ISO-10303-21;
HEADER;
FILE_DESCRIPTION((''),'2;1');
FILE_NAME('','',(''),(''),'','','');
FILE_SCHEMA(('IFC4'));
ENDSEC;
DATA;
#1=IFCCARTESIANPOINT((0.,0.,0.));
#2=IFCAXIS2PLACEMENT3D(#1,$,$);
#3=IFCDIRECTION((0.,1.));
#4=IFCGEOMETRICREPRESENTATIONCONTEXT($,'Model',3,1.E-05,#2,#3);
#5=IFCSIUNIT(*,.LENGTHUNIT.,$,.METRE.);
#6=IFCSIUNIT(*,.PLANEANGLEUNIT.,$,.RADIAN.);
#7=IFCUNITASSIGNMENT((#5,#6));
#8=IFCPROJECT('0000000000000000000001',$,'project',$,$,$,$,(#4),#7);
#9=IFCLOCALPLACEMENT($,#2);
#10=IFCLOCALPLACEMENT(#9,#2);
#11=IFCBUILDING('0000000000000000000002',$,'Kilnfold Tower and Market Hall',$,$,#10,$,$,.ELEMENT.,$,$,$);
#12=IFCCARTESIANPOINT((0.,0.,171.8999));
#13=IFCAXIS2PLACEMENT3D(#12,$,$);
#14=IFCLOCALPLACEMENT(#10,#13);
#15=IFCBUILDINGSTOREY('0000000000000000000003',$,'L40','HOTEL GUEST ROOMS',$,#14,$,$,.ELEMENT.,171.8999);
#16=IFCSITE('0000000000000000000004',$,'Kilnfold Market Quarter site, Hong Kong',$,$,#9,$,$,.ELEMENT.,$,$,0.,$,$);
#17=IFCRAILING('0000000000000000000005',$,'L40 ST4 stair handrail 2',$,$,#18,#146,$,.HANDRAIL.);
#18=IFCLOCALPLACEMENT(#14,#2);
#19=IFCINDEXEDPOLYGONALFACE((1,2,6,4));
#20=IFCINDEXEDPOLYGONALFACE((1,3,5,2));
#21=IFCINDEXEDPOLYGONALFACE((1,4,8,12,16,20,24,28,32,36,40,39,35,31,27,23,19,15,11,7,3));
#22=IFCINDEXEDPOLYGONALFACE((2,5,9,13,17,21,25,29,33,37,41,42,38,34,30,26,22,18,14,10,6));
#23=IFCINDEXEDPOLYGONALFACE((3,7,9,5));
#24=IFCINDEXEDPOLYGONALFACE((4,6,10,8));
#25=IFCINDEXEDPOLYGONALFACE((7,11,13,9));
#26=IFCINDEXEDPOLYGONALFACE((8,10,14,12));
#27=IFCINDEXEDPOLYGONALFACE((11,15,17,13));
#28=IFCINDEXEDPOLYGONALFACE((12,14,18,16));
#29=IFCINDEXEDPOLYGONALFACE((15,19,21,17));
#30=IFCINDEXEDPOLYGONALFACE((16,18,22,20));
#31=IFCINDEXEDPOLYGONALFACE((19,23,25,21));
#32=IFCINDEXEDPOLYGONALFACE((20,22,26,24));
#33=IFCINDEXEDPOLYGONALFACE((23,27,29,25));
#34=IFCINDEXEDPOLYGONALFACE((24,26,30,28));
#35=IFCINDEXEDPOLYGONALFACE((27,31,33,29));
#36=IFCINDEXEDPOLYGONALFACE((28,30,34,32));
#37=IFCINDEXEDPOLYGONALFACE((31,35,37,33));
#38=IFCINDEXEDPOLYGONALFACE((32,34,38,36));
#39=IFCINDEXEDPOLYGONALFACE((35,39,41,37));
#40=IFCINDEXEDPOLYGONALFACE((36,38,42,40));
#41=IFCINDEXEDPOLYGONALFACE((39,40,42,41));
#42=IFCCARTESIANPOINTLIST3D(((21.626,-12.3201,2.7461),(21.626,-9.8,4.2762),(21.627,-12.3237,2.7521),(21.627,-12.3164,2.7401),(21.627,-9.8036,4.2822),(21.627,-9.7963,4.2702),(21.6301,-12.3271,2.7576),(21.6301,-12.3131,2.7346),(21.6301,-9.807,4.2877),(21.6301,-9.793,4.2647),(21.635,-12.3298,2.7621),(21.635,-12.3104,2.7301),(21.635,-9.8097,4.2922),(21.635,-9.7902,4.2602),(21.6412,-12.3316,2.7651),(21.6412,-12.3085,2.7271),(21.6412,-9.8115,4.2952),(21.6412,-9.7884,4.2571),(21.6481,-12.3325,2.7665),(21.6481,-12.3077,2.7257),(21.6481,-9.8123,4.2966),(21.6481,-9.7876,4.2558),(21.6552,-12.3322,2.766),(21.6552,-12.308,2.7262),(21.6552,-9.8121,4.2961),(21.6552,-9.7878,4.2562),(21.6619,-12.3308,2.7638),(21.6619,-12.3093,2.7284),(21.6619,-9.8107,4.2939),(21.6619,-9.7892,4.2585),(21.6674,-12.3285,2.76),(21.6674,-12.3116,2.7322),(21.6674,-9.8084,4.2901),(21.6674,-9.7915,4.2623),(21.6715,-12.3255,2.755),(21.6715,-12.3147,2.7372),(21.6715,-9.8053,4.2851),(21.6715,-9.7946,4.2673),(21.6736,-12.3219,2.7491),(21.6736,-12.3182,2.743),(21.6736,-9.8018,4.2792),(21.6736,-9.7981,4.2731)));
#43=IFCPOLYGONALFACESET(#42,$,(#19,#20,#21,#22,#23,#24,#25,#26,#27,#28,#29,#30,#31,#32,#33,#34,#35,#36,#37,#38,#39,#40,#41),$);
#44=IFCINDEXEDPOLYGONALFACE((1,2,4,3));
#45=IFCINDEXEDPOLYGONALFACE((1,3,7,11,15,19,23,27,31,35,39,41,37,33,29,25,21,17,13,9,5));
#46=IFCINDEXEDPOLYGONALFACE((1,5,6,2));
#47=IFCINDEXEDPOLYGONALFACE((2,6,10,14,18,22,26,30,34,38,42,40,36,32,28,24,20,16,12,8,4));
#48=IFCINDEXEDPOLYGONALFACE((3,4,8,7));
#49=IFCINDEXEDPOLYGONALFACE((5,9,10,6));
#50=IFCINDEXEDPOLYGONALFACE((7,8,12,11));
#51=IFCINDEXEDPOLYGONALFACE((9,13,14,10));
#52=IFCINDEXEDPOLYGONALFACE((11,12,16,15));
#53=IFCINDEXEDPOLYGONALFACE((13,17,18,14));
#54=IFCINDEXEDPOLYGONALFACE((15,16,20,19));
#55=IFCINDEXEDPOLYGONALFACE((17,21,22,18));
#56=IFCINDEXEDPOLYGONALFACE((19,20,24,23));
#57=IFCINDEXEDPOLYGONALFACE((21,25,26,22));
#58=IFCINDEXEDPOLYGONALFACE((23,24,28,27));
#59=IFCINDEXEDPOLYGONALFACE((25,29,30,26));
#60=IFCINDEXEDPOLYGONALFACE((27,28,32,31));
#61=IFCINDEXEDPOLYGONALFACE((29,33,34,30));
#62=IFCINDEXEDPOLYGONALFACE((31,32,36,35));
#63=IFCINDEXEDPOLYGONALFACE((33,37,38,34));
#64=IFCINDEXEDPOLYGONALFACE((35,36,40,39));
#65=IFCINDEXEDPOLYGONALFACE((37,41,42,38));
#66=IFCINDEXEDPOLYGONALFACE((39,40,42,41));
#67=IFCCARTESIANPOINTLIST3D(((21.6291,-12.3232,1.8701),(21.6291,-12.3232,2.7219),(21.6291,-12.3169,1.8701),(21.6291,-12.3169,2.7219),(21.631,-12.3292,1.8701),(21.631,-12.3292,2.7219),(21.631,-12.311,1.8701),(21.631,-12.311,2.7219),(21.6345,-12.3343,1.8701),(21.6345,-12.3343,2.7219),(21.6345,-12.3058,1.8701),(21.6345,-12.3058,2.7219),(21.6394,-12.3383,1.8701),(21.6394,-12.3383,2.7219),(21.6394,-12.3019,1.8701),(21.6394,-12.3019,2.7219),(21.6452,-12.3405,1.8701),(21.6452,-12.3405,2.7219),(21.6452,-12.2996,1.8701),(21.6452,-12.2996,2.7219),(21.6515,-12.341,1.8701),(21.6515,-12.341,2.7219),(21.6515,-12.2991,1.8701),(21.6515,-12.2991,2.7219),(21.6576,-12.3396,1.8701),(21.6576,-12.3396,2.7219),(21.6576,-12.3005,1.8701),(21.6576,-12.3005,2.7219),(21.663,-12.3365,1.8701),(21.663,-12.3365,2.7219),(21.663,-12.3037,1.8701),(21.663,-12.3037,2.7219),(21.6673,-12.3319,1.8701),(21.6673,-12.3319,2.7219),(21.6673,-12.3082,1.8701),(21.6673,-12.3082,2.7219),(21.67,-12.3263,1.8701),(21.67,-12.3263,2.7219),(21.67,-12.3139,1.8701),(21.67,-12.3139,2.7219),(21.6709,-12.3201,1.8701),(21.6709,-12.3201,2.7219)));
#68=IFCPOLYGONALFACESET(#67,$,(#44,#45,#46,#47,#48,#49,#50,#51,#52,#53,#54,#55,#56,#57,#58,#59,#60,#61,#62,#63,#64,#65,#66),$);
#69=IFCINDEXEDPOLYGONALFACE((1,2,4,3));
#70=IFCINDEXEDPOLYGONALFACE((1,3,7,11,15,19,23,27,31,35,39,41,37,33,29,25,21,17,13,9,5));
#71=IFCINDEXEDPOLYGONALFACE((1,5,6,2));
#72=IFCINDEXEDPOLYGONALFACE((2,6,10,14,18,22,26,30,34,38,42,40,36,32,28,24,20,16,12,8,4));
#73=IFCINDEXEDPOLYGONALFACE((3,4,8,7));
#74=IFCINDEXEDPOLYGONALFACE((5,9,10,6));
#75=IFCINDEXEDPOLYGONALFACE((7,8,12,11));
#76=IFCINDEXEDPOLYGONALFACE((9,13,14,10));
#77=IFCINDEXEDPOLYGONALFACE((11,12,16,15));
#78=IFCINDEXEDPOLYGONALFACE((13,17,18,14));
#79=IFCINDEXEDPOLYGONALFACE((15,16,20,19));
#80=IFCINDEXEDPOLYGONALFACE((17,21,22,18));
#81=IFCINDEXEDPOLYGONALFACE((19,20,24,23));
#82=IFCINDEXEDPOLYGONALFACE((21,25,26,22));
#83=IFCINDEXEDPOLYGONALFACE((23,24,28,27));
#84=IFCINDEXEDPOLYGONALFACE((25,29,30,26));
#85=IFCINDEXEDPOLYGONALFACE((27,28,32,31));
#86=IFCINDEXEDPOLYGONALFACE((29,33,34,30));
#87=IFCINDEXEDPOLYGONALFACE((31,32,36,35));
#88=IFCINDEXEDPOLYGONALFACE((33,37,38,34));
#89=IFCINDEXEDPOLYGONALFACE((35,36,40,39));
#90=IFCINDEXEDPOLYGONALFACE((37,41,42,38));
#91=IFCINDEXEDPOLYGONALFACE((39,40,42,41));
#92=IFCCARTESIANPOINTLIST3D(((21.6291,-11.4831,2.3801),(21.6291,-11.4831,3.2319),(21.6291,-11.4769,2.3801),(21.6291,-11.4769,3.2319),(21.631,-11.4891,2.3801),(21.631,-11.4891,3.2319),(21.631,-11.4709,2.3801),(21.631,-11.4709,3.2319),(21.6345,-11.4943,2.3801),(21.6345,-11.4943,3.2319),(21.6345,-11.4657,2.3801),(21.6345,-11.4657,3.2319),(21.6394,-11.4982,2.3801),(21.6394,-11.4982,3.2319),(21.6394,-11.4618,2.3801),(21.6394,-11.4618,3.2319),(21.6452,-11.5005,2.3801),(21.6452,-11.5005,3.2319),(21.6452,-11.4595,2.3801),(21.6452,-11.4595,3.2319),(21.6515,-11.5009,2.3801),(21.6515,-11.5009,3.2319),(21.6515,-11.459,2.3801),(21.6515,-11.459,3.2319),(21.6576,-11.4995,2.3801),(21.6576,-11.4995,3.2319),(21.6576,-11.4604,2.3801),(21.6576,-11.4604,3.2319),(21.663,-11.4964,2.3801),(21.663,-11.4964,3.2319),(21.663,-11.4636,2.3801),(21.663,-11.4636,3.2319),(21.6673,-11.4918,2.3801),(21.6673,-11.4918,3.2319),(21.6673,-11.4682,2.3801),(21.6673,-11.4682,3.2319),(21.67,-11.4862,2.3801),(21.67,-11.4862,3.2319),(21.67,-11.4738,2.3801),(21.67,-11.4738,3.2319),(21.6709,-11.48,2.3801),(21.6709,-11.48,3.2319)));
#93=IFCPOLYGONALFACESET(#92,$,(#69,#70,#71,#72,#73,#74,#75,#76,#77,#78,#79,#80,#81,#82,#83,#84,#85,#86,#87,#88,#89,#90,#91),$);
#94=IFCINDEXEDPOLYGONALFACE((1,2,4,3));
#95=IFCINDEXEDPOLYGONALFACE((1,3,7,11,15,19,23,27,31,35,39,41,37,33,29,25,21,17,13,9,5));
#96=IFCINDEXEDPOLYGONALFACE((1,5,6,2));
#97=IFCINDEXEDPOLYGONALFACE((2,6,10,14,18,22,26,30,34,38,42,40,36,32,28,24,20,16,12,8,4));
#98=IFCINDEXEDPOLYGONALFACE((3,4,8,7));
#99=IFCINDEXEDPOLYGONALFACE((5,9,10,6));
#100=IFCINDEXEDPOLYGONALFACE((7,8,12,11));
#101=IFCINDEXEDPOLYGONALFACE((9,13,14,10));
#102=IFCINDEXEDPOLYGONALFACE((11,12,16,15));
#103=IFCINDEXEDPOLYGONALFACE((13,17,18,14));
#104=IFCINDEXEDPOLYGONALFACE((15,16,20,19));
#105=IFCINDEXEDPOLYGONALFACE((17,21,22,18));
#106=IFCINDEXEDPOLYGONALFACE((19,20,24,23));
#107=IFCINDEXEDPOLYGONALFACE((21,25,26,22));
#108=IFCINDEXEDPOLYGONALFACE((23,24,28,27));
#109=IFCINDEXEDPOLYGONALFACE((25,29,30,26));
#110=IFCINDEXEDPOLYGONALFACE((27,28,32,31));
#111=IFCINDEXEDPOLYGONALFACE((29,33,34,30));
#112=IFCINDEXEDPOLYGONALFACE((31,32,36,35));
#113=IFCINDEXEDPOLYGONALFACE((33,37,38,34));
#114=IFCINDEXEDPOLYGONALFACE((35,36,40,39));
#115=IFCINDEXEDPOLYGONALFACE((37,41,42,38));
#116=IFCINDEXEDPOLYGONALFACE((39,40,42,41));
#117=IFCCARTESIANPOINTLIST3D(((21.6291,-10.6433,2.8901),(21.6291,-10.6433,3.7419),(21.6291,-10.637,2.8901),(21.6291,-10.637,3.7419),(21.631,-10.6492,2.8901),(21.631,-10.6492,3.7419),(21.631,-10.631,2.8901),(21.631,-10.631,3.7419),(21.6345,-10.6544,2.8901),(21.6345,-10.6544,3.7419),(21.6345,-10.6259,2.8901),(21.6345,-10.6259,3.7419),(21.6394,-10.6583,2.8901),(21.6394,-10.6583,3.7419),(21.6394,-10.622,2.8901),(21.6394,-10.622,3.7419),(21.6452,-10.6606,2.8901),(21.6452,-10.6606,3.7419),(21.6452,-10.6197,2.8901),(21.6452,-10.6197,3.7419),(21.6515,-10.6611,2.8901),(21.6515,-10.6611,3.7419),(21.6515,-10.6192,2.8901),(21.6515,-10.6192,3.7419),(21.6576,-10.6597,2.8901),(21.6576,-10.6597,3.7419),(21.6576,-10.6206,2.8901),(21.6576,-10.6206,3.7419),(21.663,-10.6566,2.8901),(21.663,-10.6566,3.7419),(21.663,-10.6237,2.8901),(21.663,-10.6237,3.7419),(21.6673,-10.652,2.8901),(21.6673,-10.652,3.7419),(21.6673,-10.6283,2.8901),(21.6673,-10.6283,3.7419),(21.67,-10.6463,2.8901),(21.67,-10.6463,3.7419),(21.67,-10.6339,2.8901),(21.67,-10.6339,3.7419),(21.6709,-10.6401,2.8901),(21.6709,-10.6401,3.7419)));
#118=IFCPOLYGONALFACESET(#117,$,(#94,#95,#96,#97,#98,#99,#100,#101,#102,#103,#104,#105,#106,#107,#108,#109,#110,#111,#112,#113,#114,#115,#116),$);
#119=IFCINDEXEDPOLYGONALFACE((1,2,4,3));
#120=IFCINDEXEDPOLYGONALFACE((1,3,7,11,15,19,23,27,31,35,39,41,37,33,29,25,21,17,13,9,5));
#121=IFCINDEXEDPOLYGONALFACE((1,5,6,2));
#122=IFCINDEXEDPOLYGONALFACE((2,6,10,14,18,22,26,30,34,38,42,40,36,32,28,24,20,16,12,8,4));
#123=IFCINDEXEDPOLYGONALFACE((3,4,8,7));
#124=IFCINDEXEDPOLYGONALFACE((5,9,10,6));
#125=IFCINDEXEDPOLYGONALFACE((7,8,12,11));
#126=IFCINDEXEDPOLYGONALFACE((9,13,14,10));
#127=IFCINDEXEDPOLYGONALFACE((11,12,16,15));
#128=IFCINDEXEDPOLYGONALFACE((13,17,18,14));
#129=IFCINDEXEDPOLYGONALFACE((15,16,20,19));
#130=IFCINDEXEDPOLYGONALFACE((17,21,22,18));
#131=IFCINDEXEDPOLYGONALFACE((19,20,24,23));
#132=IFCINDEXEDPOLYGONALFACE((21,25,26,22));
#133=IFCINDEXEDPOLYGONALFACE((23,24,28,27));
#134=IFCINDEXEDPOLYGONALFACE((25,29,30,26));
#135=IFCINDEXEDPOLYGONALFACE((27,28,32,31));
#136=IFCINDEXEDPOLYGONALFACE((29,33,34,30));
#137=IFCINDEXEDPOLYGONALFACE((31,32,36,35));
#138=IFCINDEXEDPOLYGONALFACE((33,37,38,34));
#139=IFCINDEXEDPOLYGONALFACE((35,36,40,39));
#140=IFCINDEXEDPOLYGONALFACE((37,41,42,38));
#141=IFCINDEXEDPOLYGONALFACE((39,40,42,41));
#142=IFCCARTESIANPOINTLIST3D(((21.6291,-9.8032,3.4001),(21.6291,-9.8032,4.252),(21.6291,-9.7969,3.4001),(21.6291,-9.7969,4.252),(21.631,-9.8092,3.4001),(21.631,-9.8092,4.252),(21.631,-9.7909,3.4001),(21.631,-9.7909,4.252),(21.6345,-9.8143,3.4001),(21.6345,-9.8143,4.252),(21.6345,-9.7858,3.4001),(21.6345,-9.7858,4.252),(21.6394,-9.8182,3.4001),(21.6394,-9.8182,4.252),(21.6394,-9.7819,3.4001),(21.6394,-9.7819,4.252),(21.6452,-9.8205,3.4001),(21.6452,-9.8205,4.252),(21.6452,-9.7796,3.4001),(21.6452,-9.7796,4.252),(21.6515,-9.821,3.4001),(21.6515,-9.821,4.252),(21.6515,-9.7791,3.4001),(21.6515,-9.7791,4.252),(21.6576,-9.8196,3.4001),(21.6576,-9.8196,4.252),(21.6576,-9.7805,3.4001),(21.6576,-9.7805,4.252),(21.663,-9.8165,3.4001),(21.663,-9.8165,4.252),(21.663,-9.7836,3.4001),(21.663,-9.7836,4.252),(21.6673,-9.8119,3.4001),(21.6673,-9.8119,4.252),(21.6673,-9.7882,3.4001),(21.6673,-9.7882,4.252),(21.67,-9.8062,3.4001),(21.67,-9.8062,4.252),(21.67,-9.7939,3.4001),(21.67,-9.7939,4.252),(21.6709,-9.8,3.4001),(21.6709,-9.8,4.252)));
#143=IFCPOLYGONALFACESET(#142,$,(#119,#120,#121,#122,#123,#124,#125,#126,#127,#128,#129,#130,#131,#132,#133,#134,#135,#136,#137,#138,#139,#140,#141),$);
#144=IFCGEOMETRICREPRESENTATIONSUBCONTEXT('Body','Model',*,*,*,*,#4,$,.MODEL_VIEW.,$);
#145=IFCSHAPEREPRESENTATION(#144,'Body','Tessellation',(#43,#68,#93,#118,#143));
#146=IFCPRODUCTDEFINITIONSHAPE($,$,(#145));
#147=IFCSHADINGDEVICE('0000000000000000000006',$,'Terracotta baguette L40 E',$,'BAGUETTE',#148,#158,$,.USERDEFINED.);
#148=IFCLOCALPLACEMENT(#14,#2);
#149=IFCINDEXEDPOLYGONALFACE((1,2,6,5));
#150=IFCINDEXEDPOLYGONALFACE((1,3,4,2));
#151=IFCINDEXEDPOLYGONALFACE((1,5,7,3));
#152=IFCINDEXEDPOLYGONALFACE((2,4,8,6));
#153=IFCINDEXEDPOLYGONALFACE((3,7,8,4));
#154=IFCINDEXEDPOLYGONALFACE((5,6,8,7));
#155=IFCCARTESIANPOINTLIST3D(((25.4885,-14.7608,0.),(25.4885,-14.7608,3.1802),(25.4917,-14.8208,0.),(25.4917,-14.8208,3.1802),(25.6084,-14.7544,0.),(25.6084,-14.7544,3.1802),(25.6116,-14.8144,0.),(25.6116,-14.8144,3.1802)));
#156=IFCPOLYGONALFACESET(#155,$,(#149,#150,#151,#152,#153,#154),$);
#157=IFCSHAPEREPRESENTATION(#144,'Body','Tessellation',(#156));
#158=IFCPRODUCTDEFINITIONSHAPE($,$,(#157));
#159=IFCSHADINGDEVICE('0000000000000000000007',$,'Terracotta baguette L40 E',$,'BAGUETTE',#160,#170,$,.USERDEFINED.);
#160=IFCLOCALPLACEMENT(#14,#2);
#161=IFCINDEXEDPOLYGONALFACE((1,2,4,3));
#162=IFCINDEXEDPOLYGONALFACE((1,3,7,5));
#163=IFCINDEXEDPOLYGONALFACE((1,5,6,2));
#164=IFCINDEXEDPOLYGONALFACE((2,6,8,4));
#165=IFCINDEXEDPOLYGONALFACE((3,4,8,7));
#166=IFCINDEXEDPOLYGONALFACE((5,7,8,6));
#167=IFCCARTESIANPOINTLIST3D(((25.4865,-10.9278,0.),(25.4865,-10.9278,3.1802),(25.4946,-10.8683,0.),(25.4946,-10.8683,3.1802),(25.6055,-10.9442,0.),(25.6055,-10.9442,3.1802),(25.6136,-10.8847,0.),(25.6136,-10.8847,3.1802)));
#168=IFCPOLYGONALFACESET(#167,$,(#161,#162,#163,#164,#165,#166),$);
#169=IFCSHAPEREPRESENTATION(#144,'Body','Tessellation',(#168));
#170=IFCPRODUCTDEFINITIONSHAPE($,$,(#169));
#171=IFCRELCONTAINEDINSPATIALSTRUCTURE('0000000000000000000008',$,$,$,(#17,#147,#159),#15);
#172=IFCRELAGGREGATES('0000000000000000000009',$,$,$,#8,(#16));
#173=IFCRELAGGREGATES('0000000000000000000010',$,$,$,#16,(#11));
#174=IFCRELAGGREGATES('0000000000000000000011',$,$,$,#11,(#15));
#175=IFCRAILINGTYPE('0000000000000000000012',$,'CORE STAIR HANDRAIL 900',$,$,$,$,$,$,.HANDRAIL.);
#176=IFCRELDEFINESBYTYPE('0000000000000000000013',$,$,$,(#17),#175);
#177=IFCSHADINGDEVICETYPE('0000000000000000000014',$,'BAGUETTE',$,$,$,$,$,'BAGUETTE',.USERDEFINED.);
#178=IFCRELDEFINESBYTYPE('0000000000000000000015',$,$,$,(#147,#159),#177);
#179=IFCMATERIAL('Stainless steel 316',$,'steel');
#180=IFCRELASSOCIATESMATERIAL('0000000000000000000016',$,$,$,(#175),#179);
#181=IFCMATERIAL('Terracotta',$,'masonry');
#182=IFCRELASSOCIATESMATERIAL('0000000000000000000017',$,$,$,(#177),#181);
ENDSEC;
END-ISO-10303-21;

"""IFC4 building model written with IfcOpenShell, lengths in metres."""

from ifc_helpers import new_model, si_unit, direction, frame, origin, origin_2d, place, context, subcontext, project, spatial, rectangle, circle, extrude, source, transform, mapped, material, material_profile, profile_set, type_object, element, save


model = new_model("IFC4")

# Units and contexts
model_context = context("Model", 3, precision=1e-05, world=origin(), true_north=direction((0.0, 1.0)))
body_context = subcontext(model_context, "Body", "Model", "MODEL_VIEW")
ifc_project = project(units=[si_unit("LENGTHUNIT", "METRE"), si_unit("PLANEANGLEUNIT", "RADIAN")], contexts=[model_context])

# Site, building, storey
site_placement = place(None, origin())
site = spatial("IfcSite", under=ifc_project, at=site_placement, Name="Kilnfold Market Quarter site, Hong Kong", CompositionType="ELEMENT", RefElevation=0.0)
building_placement = place(site_placement, origin())
building = spatial("IfcBuilding", under=site, at=building_placement, Name="Kilnfold Tower and Market Hall", CompositionType="ELEMENT")
storey_placement = place(building_placement, frame((0.0, 0.0, 171.8999)))
storey = spatial("IfcBuildingStorey", under=building, at=storey_placement, Name="L40", Description="HOTEL GUEST ROOMS", CompositionType="ELEMENT", Elevation=171.8999)

# Railing
ifc_material_1 = material(Name="Stainless steel 316", Category="steel")
railing_type_1 = type_object("IfcRailingType", Name="CORE STAIR HANDRAIL 900", PredefinedType="HANDRAIL", material=ifc_material_1)
railing_1_placement = place(storey_placement, frame((21.6499, -12.3201, 1.8701)))
element("IfcRailing", 1, at=railing_1_placement, inside=storey, type_object=railing_type_1, Name="L40 ST4 stair handrail 2", PredefinedType="HANDRAIL", context=body_context, shape_type="SweptSolid", body=[
    extrude(circle(Radius=0.0239, at=origin_2d()), frame((0.0, 0.0, 0.876), z_axis=(0.0, 0.854785, 0.518982), x_axis=(-1.0, 0.0, 0.0)), (0.0, 0.0, 1.0), 2.9482),
    extrude(circle(Radius=0.021, at=origin_2d()), origin(), (0.0, 0.0, 1.0), 0.8518),
    extrude(circle(Radius=0.021, at=origin_2d()), frame((0.0, 0.8401, 0.51)), (0.0, 0.0, 1.0), 0.8518),
    extrude(circle(Radius=0.021, at=origin_2d()), frame((0.0, 1.6799, 1.02)), (0.0, 0.0, 1.0), 0.8518),
    extrude(circle(Radius=0.021, at=origin_2d()), frame((0.0, 2.52, 1.53)), (0.0, 0.0, 1.0), 0.8518),
])

# Shading devices
ifc_material_2 = material(Name="Terracotta", Category="masonry")
ifc_material_profile_1 = material_profile(ifc_material_2, rectangle(XDim=0.0601, YDim=0.1201, at=origin_2d()), Name="BAG 60x120")
ifc_profile_set_1 = profile_set([ifc_material_profile_1], Name="Terracotta")
shading_device_type = type_object("IfcShadingDeviceType", Name="BAGUETTE", ElementType="BAGUETTE", PredefinedType="USERDEFINED", material=ifc_profile_set_1)
shared_shape_1 = source(origin(), body_context, "Body", "SweptSolid", [
    extrude(rectangle(XDim=0.0601, YDim=0.1201, at=origin_2d()), origin(), (0.0, 0.0, 1.0), 3.1802),
])
for number, where, z_axis, x_axis, name in (
    (2, (25.55, -14.7876, 0.0), (0.0, 0.0, 1.0), (-0.052756, 0.998607, 0.0), "Terracotta baguette L40 E"),
    (3, (25.55, -10.9062, 0.0), (0.0, 0.0, 1.0), (0.135944, 0.990717, 0.0), "Terracotta baguette L40 E"),
):
    element("IfcShadingDevice", number, at=place(storey_placement, frame(where, z_axis=z_axis, x_axis=x_axis)), inside=storey, type_object=shading_device_type, Name=name, ObjectType="BAGUETTE", PredefinedType="USERDEFINED", context=body_context, shape_type="MappedRepresentation", body=[
        mapped(shared_shape_1, transform((0.0, 0.0, 0.0))),
    ])

save(model, "model.ifc")
